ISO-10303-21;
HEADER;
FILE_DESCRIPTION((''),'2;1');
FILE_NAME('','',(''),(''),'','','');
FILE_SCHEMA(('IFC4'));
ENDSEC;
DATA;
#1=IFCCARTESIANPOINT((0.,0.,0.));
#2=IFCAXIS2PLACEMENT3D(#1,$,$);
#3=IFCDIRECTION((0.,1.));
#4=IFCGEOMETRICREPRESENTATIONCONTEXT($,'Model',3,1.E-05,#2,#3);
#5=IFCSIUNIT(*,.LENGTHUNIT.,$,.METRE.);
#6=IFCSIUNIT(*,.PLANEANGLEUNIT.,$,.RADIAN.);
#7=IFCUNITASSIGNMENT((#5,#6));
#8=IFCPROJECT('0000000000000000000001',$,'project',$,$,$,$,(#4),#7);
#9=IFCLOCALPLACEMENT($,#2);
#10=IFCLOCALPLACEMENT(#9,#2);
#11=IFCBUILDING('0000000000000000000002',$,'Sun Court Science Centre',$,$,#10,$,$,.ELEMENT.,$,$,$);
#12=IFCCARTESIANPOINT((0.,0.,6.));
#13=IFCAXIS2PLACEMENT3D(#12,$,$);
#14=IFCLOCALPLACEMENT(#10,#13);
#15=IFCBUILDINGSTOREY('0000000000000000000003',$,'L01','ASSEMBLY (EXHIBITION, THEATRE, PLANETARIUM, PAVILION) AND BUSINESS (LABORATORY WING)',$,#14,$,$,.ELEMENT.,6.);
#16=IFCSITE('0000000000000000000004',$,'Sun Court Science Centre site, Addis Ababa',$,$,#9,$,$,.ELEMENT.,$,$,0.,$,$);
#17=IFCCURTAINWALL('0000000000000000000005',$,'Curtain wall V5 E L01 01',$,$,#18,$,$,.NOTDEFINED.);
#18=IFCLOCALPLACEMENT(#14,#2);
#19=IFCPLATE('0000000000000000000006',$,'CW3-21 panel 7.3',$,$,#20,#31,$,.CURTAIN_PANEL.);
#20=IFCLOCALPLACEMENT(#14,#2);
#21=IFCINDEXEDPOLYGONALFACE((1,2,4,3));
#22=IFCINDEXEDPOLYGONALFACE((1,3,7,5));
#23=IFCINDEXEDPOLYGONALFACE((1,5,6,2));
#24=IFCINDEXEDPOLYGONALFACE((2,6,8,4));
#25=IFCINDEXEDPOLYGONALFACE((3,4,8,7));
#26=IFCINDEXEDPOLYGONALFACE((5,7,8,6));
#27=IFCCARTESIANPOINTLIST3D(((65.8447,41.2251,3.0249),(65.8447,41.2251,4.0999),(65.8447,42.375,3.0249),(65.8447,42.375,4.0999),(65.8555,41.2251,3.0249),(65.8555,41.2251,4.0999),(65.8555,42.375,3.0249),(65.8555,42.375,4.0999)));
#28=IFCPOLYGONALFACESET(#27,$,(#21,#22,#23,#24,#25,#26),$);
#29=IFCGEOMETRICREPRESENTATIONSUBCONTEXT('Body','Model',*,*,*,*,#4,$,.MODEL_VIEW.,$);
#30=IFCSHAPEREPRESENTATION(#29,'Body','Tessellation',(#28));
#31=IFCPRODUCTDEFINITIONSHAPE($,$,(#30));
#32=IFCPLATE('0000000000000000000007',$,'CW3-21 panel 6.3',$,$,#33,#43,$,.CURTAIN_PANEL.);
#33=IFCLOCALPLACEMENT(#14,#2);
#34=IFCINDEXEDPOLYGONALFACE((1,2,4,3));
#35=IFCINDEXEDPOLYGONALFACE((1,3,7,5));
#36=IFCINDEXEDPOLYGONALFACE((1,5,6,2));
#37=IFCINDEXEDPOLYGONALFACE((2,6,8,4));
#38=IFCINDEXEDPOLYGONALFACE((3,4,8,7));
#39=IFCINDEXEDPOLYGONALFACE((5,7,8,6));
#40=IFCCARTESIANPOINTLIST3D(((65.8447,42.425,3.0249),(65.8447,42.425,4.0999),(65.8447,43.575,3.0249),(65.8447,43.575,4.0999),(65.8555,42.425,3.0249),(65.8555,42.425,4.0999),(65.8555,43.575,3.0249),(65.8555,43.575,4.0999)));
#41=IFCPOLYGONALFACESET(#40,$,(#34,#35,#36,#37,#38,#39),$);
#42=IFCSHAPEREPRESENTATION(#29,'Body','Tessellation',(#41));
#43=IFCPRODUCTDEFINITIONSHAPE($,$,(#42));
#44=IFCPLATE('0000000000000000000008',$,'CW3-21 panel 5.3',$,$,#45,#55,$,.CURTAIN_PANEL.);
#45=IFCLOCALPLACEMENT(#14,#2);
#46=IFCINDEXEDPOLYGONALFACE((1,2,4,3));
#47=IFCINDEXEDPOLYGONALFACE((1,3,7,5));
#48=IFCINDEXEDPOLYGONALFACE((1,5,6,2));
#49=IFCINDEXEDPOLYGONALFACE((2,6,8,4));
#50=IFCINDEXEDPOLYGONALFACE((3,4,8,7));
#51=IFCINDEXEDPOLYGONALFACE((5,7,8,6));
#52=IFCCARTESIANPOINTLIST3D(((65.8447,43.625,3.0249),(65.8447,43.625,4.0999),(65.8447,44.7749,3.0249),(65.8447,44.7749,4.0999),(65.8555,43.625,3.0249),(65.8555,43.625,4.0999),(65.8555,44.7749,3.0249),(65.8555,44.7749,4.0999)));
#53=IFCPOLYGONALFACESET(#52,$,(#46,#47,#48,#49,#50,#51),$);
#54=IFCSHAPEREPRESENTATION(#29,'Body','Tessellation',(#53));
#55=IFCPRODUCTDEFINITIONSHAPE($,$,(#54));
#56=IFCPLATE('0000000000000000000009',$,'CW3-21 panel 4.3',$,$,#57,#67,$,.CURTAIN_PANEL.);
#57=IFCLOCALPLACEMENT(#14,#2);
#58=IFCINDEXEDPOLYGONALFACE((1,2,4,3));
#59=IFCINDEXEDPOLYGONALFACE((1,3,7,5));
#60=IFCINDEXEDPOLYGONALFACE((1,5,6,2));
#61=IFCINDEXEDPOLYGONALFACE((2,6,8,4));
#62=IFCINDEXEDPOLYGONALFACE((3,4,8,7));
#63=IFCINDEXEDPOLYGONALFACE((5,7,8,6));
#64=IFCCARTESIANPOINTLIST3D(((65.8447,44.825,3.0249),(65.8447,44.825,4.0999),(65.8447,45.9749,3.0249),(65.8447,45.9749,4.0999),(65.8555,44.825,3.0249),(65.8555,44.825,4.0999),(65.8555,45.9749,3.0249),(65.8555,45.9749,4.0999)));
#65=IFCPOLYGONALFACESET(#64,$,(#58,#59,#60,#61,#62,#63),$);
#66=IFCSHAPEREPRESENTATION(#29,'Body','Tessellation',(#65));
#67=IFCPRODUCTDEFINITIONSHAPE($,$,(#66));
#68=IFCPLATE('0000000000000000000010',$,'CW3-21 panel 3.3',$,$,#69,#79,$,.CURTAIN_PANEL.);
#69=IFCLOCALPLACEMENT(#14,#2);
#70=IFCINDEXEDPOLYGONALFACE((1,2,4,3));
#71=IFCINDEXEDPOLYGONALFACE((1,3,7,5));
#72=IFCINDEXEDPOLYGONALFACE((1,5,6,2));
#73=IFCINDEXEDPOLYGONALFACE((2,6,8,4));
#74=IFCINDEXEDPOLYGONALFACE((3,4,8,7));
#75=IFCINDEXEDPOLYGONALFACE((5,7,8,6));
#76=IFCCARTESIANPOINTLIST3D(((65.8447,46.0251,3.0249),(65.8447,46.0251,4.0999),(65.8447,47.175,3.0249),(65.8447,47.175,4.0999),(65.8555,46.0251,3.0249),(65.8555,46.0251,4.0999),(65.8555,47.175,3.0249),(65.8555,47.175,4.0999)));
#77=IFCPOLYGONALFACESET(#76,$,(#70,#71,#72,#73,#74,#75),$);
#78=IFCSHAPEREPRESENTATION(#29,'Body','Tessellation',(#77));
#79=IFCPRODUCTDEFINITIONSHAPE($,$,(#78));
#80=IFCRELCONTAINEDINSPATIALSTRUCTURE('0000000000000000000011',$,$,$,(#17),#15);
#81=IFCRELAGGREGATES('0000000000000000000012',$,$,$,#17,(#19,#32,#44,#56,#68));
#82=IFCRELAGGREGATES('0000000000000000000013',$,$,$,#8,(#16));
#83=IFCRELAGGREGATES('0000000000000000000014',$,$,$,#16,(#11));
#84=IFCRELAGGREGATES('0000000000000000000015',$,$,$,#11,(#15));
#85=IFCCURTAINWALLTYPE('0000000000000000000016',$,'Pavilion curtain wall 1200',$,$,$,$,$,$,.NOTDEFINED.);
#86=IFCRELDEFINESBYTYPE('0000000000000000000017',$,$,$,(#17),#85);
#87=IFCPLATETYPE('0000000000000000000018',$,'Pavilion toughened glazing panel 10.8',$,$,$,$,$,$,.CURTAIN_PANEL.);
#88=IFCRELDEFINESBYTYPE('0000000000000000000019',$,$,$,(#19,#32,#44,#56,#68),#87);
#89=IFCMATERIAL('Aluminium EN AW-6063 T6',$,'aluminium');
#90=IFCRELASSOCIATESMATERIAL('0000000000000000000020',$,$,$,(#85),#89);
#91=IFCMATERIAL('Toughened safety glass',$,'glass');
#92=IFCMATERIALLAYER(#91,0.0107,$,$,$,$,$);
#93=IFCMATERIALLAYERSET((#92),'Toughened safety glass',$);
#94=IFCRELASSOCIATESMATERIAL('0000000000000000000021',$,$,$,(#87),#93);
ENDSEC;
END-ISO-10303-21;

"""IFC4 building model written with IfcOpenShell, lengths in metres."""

from ifc_helpers import new_model, si_unit, direction, frame, origin, origin_2d, place, context, subcontext, project, spatial, rectangle, extrude, material, layer, layer_set, type_object, element, aggregate, save


model = new_model("IFC4")

# Units and contexts
model_context = context("Model", 3, precision=1e-05, world=origin(), true_north=direction((0.0, 1.0)))
body_context = subcontext(model_context, "Body", "Model", "MODEL_VIEW")
ifc_project = project(units=[si_unit("LENGTHUNIT", "METRE"), si_unit("PLANEANGLEUNIT", "RADIAN")], contexts=[model_context])

# Site, building, storey
site_placement = place(None, origin())
site = spatial("IfcSite", under=ifc_project, at=site_placement, Name="Sun Court Science Centre site, Addis Ababa", CompositionType="ELEMENT", RefElevation=0.0)
building_placement = place(site_placement, origin())
building = spatial("IfcBuilding", under=site, at=building_placement, Name="Sun Court Science Centre", CompositionType="ELEMENT")
storey_placement = place(building_placement, frame((0.0, 0.0, 6.0)))
storey = spatial("IfcBuildingStorey", under=building, at=storey_placement, Name="L01", Description="ASSEMBLY (EXHIBITION, THEATRE, PLANETARIUM, PAVILION) AND BUSINESS (LABORATORY WING)", CompositionType="ELEMENT", Elevation=6.0)

# Curtain wall, plates
ifc_material_1 = material(Name="Aluminium EN AW-6063 T6", Category="aluminium")
curtain_wall_type = type_object("IfcCurtainWallType", Name="Pavilion curtain wall 1200", PredefinedType="NOTDEFINED", material=ifc_material_1)
curtain_wall_placement = place(storey_placement, origin())
curtain_wall = element("IfcCurtainWall", 1, at=curtain_wall_placement, inside=storey, type_object=curtain_wall_type, Name="Curtain wall V5 E L01 01", PredefinedType="NOTDEFINED")
ifc_material_2 = material(Name="Toughened safety glass", Category="glass")
ifc_layer = layer(ifc_material_2, 0.0107)
ifc_layer_set = layer_set([ifc_layer], Name="Toughened safety glass")
plate_type = type_object("IfcPlateType", Name="Pavilion toughened glazing panel 10.8", PredefinedType="CURTAIN_PANEL", material=ifc_layer_set)
plate_1_placement = place(storey_placement, frame((65.8501, 41.8, 3.0249), z_axis=(0.0, 0.0, 1.0), x_axis=(0.0, -1.0, 0.0)))
plate_1 = element("IfcPlate", 2, at=plate_1_placement, type_object=plate_type, Name="CW3-21 panel 7.3", PredefinedType="CURTAIN_PANEL", context=body_context, shape_type="SweptSolid", body=[
    extrude(rectangle(XDim=1.1499, YDim=0.0107, at=origin_2d()), origin(), (0.0, 0.0, 1.0), 1.075),
])
plate_2_placement = place(storey_placement, frame((65.8501, 43.0, 3.0249), z_axis=(0.0, 0.0, 1.0), x_axis=(0.0, -1.0, 0.0)))
plate_2 = element("IfcPlate", 3, at=plate_2_placement, type_object=plate_type, Name="CW3-21 panel 6.3", PredefinedType="CURTAIN_PANEL", context=body_context, shape_type="SweptSolid", body=[
    extrude(rectangle(XDim=1.1499, YDim=0.0107, at=origin_2d()), origin(), (0.0, 0.0, 1.0), 1.075),
])
plate_3_placement = place(storey_placement, frame((65.8501, 44.2, 3.0249), z_axis=(0.0, 0.0, 1.0), x_axis=(0.0, -1.0, 0.0)))
plate_3 = element("IfcPlate", 4, at=plate_3_placement, type_object=plate_type, Name="CW3-21 panel 5.3", PredefinedType="CURTAIN_PANEL", context=body_context, shape_type="SweptSolid", body=[
    extrude(rectangle(XDim=1.1499, YDim=0.0107, at=origin_2d()), origin(), (0.0, 0.0, 1.0), 1.075),
])
plate_4_placement = place(storey_placement, frame((65.8501, 45.3999, 3.0249), z_axis=(0.0, 0.0, 1.0), x_axis=(0.0, -1.0, 0.0)))
plate_4 = element("IfcPlate", 5, at=plate_4_placement, type_object=plate_type, Name="CW3-21 panel 4.3", PredefinedType="CURTAIN_PANEL", context=body_context, shape_type="SweptSolid", body=[
    extrude(rectangle(XDim=1.1499, YDim=0.0107, at=origin_2d()), origin(), (0.0, 0.0, 1.0), 1.075),
])
plate_5_placement = place(storey_placement, frame((65.8501, 46.6001, 3.0249), z_axis=(0.0, 0.0, 1.0), x_axis=(0.0, -1.0, 0.0)))
plate_5 = element("IfcPlate", 6, at=plate_5_placement, type_object=plate_type, Name="CW3-21 panel 3.3", PredefinedType="CURTAIN_PANEL", context=body_context, shape_type="SweptSolid", body=[
    extrude(rectangle(XDim=1.1499, YDim=0.0107, at=origin_2d()), origin(), (0.0, 0.0, 1.0), 1.075),
])
aggregate(curtain_wall, [plate_1, plate_2, plate_3, plate_4, plate_5])

save(model, "model.ifc")
